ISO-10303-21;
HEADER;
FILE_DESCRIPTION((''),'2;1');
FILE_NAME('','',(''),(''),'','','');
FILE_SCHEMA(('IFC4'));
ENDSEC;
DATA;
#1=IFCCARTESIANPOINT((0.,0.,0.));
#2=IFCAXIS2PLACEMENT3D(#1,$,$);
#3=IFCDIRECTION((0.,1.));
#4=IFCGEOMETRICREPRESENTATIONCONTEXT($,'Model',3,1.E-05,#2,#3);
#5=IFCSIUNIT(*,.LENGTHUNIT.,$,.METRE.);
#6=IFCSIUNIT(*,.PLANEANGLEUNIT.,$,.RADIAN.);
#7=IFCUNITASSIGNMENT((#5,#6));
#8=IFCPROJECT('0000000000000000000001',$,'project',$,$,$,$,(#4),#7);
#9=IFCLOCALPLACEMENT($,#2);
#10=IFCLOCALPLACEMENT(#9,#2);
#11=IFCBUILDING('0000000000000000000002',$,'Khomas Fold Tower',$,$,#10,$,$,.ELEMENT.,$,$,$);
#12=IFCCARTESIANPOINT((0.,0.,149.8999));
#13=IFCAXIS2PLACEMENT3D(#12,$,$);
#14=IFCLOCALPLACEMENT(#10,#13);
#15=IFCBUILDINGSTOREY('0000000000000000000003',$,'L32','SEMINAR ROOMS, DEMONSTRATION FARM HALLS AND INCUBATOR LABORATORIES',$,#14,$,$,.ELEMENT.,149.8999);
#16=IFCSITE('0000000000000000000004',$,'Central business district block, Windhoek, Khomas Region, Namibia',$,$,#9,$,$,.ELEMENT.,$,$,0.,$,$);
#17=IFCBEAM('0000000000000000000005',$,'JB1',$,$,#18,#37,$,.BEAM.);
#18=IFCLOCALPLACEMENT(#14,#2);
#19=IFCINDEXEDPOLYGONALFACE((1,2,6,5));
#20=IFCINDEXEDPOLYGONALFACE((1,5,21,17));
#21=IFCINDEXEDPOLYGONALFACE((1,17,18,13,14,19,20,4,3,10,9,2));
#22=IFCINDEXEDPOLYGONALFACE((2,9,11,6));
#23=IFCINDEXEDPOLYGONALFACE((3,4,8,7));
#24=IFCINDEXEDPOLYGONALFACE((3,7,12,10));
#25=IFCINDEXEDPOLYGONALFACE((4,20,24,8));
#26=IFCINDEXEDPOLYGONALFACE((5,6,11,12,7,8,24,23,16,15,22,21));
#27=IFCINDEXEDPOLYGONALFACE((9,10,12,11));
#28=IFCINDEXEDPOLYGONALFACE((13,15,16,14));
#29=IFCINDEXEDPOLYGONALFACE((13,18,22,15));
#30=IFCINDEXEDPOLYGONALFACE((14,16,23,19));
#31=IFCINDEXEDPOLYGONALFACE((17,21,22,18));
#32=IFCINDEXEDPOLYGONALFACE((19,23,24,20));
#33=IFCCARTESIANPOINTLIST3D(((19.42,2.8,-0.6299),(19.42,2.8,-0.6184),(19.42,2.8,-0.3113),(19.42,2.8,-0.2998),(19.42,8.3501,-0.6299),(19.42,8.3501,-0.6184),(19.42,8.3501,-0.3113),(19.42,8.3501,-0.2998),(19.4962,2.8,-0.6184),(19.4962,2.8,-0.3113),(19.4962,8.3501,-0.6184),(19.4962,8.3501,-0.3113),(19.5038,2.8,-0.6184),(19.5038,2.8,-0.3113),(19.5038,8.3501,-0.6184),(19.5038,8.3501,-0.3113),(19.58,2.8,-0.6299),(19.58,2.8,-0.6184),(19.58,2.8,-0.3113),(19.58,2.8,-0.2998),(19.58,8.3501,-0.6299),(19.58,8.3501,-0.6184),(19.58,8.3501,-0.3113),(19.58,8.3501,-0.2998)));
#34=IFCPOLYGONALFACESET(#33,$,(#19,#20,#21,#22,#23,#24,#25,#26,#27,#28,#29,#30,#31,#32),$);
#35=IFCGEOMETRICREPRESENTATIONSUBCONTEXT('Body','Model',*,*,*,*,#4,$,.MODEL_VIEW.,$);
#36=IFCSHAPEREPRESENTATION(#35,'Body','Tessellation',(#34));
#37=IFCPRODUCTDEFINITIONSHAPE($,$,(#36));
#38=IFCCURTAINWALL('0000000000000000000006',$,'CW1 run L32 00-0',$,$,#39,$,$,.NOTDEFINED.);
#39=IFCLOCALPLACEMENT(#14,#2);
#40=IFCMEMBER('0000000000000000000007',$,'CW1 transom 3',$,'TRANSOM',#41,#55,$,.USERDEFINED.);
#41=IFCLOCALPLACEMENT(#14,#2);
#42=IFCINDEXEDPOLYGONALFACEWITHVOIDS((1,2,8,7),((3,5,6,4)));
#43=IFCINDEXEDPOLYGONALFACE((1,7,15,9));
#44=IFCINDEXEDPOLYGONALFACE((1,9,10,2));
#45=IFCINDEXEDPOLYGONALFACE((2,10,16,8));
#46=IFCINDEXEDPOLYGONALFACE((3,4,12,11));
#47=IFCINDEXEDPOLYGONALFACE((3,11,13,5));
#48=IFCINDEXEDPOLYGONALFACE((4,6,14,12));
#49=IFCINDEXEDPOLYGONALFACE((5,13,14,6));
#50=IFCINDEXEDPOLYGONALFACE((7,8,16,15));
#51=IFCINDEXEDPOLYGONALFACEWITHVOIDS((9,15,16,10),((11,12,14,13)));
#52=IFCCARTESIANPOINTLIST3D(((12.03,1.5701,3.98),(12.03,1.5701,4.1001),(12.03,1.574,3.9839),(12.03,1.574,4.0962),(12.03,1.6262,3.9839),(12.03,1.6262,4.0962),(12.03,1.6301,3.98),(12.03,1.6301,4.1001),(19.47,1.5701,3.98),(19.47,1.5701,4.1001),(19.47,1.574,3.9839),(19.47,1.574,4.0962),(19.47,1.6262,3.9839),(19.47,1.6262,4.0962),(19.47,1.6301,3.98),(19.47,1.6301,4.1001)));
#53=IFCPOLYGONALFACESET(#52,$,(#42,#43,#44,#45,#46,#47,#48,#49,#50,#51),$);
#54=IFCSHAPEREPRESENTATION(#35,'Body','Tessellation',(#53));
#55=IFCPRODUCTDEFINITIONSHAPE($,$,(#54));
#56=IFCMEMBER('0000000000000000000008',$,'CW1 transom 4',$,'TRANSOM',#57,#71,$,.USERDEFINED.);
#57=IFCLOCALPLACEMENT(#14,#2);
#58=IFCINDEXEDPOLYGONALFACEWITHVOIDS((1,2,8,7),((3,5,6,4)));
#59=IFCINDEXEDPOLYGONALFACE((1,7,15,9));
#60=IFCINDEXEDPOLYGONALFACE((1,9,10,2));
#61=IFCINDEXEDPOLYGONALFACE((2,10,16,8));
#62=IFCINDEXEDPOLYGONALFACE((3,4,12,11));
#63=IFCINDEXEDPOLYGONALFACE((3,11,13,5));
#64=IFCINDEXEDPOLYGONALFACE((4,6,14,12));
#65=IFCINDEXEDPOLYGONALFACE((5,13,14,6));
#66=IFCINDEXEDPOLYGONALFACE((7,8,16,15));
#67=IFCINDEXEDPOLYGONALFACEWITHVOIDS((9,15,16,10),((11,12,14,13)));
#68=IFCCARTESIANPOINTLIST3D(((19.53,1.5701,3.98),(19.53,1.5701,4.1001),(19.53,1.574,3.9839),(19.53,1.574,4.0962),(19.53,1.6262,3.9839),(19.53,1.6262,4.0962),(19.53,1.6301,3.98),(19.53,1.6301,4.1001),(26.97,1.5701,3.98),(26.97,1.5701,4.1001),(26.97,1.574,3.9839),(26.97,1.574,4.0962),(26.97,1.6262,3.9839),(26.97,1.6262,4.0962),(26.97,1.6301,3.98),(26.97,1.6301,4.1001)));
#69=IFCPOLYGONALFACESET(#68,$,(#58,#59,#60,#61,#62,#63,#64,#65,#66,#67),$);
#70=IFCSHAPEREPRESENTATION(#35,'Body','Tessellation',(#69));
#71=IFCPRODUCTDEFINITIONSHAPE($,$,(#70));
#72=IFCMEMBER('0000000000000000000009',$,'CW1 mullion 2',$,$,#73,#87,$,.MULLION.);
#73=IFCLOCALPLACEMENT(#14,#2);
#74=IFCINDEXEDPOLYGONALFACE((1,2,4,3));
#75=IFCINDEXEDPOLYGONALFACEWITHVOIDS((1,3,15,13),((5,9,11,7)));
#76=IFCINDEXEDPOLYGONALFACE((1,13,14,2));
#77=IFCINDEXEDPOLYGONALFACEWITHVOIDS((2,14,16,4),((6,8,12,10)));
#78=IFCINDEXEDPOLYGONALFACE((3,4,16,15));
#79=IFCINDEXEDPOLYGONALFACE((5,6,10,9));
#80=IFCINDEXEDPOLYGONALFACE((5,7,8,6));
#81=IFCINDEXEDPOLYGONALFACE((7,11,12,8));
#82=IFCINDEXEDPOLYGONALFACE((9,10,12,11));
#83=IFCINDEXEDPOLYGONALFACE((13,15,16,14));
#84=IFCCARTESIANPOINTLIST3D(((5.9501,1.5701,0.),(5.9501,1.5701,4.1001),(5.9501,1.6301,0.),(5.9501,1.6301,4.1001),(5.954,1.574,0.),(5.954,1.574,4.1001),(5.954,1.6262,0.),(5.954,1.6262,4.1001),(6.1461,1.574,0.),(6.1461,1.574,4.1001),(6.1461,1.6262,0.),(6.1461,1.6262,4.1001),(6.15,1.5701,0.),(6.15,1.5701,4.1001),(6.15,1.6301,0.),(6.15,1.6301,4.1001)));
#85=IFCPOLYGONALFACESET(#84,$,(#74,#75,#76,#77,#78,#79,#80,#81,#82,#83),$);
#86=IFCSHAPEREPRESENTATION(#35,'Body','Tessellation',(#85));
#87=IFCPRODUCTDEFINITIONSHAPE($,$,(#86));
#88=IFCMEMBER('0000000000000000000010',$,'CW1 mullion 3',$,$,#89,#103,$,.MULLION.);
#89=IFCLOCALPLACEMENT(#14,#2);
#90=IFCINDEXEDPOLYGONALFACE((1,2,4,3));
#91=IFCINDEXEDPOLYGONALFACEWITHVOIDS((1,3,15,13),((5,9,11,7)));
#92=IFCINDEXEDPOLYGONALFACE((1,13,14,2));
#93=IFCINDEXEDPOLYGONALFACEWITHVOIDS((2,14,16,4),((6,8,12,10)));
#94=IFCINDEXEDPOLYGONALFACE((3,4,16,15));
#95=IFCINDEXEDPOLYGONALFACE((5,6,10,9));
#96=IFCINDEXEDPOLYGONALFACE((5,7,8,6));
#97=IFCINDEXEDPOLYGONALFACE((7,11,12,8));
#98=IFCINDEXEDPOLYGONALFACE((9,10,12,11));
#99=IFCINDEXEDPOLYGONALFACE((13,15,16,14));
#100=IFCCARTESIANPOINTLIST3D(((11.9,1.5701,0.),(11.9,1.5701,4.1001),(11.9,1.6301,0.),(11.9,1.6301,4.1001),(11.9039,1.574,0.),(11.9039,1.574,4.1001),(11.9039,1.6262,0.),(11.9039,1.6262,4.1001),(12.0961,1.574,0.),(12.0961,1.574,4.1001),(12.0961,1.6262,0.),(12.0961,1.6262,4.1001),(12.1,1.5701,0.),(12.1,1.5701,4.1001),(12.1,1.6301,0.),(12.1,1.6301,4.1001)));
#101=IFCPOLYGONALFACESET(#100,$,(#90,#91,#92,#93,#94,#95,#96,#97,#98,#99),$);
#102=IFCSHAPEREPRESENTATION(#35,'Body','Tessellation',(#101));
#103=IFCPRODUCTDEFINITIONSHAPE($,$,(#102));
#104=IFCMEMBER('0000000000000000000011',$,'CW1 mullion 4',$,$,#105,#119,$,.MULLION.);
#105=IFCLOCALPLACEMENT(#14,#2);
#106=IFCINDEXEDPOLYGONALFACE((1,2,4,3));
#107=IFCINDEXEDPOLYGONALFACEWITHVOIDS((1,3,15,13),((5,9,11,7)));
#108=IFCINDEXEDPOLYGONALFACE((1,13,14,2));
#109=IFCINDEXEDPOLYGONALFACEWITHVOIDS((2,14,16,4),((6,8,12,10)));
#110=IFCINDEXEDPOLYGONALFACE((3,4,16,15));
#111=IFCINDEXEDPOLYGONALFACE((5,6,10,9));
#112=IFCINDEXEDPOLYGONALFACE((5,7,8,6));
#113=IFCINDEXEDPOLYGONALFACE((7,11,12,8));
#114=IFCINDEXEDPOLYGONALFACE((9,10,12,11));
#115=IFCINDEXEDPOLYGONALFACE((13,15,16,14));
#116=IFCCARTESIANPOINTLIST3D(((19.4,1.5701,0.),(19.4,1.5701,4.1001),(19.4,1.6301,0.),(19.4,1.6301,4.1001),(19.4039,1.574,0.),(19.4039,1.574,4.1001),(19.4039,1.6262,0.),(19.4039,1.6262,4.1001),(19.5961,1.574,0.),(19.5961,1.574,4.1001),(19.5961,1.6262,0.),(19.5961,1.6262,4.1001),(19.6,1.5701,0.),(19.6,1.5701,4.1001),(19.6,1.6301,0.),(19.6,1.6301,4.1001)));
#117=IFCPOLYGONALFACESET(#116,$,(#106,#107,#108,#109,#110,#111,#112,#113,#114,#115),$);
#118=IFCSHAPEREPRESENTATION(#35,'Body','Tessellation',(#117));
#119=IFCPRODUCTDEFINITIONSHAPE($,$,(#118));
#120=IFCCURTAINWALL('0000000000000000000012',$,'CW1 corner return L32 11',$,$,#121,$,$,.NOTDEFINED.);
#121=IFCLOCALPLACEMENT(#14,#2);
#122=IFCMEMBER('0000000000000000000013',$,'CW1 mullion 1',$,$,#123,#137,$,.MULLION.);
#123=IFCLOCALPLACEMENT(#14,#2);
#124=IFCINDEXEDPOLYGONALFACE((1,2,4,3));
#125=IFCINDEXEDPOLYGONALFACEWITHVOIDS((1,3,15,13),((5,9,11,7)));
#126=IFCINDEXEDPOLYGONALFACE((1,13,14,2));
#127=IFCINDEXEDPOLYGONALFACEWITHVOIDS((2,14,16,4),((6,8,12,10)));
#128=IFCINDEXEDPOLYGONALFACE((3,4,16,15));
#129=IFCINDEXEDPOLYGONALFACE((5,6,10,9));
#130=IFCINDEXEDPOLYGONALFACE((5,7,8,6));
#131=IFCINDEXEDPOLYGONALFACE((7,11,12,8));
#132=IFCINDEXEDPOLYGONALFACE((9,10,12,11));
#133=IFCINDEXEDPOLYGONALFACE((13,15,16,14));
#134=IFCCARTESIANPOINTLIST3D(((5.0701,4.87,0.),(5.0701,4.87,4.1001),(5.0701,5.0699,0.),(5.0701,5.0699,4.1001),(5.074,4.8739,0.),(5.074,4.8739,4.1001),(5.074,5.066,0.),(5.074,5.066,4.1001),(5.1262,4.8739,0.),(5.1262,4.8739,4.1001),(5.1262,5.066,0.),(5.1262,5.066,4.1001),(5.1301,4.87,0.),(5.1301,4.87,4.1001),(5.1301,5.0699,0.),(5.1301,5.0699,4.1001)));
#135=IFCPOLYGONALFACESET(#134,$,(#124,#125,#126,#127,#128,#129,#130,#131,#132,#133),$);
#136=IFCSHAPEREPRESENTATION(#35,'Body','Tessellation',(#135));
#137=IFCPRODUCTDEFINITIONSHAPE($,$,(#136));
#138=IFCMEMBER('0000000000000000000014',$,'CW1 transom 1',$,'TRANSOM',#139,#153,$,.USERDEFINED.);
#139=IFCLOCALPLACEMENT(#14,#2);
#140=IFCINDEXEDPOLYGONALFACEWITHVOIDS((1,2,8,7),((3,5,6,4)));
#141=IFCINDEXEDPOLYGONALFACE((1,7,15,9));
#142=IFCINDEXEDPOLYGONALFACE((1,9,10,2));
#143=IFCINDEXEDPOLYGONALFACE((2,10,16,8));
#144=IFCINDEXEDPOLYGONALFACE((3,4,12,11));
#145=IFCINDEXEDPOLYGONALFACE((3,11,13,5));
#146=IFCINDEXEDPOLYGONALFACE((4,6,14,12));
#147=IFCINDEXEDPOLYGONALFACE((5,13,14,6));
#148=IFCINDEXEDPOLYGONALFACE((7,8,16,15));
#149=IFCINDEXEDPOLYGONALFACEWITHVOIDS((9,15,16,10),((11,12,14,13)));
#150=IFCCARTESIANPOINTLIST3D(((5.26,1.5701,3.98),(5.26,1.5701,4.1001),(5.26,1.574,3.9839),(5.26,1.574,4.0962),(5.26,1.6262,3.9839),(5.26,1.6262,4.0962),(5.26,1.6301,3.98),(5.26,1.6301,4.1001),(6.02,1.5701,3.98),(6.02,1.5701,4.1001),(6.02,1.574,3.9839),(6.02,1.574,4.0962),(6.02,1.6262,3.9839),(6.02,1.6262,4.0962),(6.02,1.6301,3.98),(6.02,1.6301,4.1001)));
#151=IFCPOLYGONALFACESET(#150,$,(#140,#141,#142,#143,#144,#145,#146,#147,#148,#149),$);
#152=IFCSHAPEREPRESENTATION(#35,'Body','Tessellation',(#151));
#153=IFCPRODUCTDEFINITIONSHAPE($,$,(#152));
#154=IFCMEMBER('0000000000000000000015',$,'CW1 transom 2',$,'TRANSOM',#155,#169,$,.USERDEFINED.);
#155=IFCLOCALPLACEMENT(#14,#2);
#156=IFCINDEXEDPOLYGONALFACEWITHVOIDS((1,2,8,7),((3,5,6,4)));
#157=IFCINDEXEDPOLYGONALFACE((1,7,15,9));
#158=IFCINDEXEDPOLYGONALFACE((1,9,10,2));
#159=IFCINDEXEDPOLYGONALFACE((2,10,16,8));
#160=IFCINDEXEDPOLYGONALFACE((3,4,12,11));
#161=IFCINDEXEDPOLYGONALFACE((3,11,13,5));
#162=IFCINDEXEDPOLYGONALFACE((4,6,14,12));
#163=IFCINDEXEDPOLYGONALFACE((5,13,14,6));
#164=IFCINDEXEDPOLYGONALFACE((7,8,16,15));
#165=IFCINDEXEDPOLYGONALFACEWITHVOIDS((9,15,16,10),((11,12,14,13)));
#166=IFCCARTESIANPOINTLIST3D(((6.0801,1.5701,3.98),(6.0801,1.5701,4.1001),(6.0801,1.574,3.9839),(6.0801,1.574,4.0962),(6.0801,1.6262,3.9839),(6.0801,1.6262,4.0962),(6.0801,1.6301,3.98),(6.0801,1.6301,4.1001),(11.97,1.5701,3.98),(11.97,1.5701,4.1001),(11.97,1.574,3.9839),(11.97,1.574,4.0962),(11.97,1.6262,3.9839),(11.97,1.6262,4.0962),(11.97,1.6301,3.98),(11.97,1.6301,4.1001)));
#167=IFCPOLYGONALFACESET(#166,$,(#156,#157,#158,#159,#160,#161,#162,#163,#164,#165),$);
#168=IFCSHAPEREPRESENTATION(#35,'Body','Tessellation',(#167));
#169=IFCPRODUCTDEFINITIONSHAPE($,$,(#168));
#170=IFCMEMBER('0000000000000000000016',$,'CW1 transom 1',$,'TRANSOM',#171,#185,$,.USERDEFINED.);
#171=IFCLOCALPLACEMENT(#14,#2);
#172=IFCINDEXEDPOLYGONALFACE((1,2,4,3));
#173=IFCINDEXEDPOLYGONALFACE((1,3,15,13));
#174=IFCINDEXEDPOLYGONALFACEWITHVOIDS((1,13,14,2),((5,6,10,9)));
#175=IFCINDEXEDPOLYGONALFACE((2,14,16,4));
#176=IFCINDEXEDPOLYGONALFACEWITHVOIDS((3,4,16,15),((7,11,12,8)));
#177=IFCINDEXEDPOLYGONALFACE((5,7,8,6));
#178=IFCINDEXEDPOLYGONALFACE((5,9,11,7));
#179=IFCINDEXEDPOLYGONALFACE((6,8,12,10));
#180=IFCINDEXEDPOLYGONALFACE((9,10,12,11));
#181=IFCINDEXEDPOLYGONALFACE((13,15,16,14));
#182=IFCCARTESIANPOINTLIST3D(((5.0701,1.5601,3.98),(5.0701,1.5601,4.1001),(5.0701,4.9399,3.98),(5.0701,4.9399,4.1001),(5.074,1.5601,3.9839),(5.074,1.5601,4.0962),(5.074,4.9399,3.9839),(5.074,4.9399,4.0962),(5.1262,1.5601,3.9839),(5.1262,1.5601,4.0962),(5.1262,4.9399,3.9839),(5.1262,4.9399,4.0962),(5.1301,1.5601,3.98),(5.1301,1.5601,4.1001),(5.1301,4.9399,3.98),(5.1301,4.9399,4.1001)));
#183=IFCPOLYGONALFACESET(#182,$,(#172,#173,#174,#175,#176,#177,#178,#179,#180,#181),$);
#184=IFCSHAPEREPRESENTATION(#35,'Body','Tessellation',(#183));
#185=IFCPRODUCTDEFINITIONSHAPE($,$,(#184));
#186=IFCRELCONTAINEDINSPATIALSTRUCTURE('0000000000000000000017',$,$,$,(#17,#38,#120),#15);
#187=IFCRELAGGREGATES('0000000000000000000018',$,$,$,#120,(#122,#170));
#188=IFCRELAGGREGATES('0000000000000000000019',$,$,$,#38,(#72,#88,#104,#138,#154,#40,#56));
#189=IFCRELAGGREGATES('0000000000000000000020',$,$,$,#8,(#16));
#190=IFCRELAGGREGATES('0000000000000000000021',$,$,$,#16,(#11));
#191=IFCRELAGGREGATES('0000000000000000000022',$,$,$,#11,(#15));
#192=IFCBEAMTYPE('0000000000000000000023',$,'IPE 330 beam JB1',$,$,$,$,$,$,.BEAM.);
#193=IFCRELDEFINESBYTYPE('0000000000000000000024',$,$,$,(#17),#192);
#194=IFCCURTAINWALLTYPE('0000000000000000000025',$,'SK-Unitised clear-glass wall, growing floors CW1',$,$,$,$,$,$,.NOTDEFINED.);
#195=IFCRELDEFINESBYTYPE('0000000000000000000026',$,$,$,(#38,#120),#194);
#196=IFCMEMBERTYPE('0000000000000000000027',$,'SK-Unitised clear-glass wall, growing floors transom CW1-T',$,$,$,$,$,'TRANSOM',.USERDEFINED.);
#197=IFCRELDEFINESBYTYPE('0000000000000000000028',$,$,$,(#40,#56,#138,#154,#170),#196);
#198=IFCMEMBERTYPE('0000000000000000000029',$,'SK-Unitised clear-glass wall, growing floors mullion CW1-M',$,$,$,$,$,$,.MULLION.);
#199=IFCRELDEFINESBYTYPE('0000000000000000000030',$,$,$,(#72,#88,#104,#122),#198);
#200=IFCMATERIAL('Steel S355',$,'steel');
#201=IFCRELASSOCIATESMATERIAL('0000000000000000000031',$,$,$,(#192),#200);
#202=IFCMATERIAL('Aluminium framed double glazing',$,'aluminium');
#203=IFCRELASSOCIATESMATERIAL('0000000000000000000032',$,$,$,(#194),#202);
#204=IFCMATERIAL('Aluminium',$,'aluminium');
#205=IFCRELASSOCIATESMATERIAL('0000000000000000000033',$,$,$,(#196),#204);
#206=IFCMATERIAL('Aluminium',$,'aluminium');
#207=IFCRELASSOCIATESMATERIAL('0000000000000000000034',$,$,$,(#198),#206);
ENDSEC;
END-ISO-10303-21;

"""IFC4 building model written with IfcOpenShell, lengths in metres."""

from ifc_helpers import new_model, si_unit, direction, frame, origin, origin_2d, place, context, subcontext, project, spatial, hollow_rectangle, i_section, extrude, source, transform, mapped, material, material_profile, profile_set, type_object, element, aggregate, save


model = new_model("IFC4")

# Units and contexts
model_context = context("Model", 3, precision=1e-05, world=origin(), true_north=direction((0.0, 1.0)))
body_context = subcontext(model_context, "Body", "Model", "MODEL_VIEW")
ifc_project = project(units=[si_unit("LENGTHUNIT", "METRE"), si_unit("PLANEANGLEUNIT", "RADIAN")], contexts=[model_context])

# Site, building, storey
site_placement = place(None, origin())
site = spatial("IfcSite", under=ifc_project, at=site_placement, Name="Central business district block, Windhoek, Khomas Region, Namibia", CompositionType="ELEMENT", RefElevation=0.0)
building_placement = place(site_placement, origin())
building = spatial("IfcBuilding", under=site, at=building_placement, Name="Khomas Fold Tower", CompositionType="ELEMENT")
storey_placement = place(building_placement, frame((0.0, 0.0, 149.8999)))
storey = spatial("IfcBuildingStorey", under=building, at=storey_placement, Name="L32", Description="SEMINAR ROOMS, DEMONSTRATION FARM HALLS AND INCUBATOR LABORATORIES", CompositionType="ELEMENT", Elevation=149.8999)

# Beam
ifc_material_1 = material(Name="Steel S355", Category="steel")
ifc_material_profile_1 = material_profile(ifc_material_1, i_section(OverallWidth=0.1599, OverallDepth=0.3301, WebThickness=0.0076, FlangeThickness=0.0115, at=origin_2d()), Name="IPE 330")
ifc_profile_set_1 = profile_set([ifc_material_profile_1], Name="Steel S355")
beam_type_1 = type_object("IfcBeamType", Name="IPE 330 beam JB1", PredefinedType="BEAM", material=ifc_profile_set_1)
shared_shape_1 = source(origin(), body_context, "Body", "SweptSolid", [
    extrude(i_section(OverallWidth=0.1599, OverallDepth=0.3301, WebThickness=0.0076, FlangeThickness=0.0115, at=origin_2d()), origin(), (0.0, 0.0, 1.0), 5.55),
])
beam_1_placement = place(storey_placement, frame((19.5, 2.8, -0.4648), z_axis=(0.0, 1.0, 0.0), x_axis=(-1.0, 0.0, 0.0)))
element("IfcBeam", 1, at=beam_1_placement, inside=storey, type_object=beam_type_1, Name="JB1", PredefinedType="BEAM", context=body_context, shape_type="MappedRepresentation", body=[
    mapped(shared_shape_1, transform((0.0, 0.0, 0.0))),
])

# Curtain wall, members
ifc_material_2 = material(Name="Aluminium framed double glazing", Category="aluminium")
curtain_wall_type = type_object("IfcCurtainWallType", Name="SK-Unitised clear-glass wall, growing floors CW1", PredefinedType="NOTDEFINED", material=ifc_material_2)
curtain_wall_1_placement = place(storey_placement, origin())
curtain_wall_1 = element("IfcCurtainWall", 2, at=curtain_wall_1_placement, inside=storey, type_object=curtain_wall_type, Name="CW1 run L32 00-0", PredefinedType="NOTDEFINED")
ifc_material_3 = material(Name="Aluminium", Category="aluminium")
ifc_material_profile_2 = material_profile(ifc_material_3, hollow_rectangle(XDim=0.0601, YDim=0.1201, WallThickness=0.0039, at=origin_2d()), Name="SK-Unitised clear-glass wall, growing floors transom CW1-T")
ifc_profile_set_2 = profile_set([ifc_material_profile_2], Name="Aluminium")
member_type_1 = type_object("IfcMemberType", Name="SK-Unitised clear-glass wall, growing floors transom CW1-T", ElementType="TRANSOM", PredefinedType="USERDEFINED", material=ifc_profile_set_2)
shared_shape_2 = source(origin(), body_context, "Body", "SweptSolid", [
    extrude(hollow_rectangle(XDim=0.0601, YDim=0.1201, WallThickness=0.0039, at=origin_2d()), origin(), (0.0, 0.0, 1.0), 7.4399),
])
member_1_placement = place(storey_placement, frame((12.03, 1.6001, 4.04), z_axis=(1.0, 0.0, 0.0), x_axis=(0.0, 1.0, 0.0)))
member_1 = element("IfcMember", 3, at=member_1_placement, type_object=member_type_1, Name="CW1 transom 3", ObjectType="TRANSOM", PredefinedType="USERDEFINED", context=body_context, shape_type="MappedRepresentation", body=[
    mapped(shared_shape_2, transform((0.0, 0.0, 0.0))),
])
member_2_placement = place(storey_placement, frame((19.53, 1.6001, 4.04), z_axis=(1.0, 0.0, 0.0), x_axis=(0.0, 1.0, 0.0)))
member_2 = element("IfcMember", 4, at=member_2_placement, type_object=member_type_1, Name="CW1 transom 4", ObjectType="TRANSOM", PredefinedType="USERDEFINED", context=body_context, shape_type="MappedRepresentation", body=[
    mapped(shared_shape_2, transform((0.0, 0.0, 0.0))),
])
ifc_material_4 = material(Name="Aluminium", Category="aluminium")
ifc_material_profile_3 = material_profile(ifc_material_4, hollow_rectangle(XDim=0.0601, YDim=0.2, WallThickness=0.0039, at=origin_2d()), Name="SK-Unitised clear-glass wall, growing floors mullion CW1-M")
ifc_profile_set_3 = profile_set([ifc_material_profile_3], Name="Aluminium")
member_type_2 = type_object("IfcMemberType", Name="SK-Unitised clear-glass wall, growing floors mullion CW1-M", PredefinedType="MULLION", material=ifc_profile_set_3)
shared_shape_3 = source(origin(), body_context, "Body", "SweptSolid", [
    extrude(hollow_rectangle(XDim=0.0601, YDim=0.2, WallThickness=0.0039, at=origin_2d()), origin(), (0.0, 0.0, 1.0), 4.1001),
])
member_3_placement = place(storey_placement, frame((6.05, 1.6001, 0.0), z_axis=(0.0, 0.0, 1.0), x_axis=(0.0, 1.0, 0.0)))
member_3 = element("IfcMember", 5, at=member_3_placement, type_object=member_type_2, Name="CW1 mullion 2", PredefinedType="MULLION", context=body_context, shape_type="MappedRepresentation", body=[
    mapped(shared_shape_3, transform((0.0, 0.0, 0.0))),
])
member_4_placement = place(storey_placement, frame((12.0, 1.6001, 0.0), z_axis=(0.0, 0.0, 1.0), x_axis=(0.0, 1.0, 0.0)))
member_4 = element("IfcMember", 6, at=member_4_placement, type_object=member_type_2, Name="CW1 mullion 3", PredefinedType="MULLION", context=body_context, shape_type="MappedRepresentation", body=[
    mapped(shared_shape_3, transform((0.0, 0.0, 0.0))),
])
member_5_placement = place(storey_placement, frame((19.5, 1.6001, 0.0), z_axis=(0.0, 0.0, 1.0), x_axis=(0.0, 1.0, 0.0)))
member_5 = element("IfcMember", 7, at=member_5_placement, type_object=member_type_2, Name="CW1 mullion 4", PredefinedType="MULLION", context=body_context, shape_type="MappedRepresentation", body=[
    mapped(shared_shape_3, transform((0.0, 0.0, 0.0))),
])

# Curtain wall, member
curtain_wall_2_placement = place(storey_placement, origin())
curtain_wall_2 = element("IfcCurtainWall", 8, at=curtain_wall_2_placement, inside=storey, type_object=curtain_wall_type, Name="CW1 corner return L32 11", PredefinedType="NOTDEFINED")
member_6_placement = place(storey_placement, frame((5.1001, 4.97, 0.0), z_axis=(0.0, 0.0, 1.0), x_axis=(1.0, 0.0, 0.0)))
member_6 = element("IfcMember", 9, at=member_6_placement, type_object=member_type_2, Name="CW1 mullion 1", PredefinedType="MULLION", context=body_context, shape_type="MappedRepresentation", body=[
    mapped(shared_shape_3, transform((0.0, 0.0, 0.0))),
])

# Members
shared_shape_4 = source(origin(), body_context, "Body", "SweptSolid", [
    extrude(hollow_rectangle(XDim=0.0601, YDim=0.1201, WallThickness=0.0039, at=origin_2d()), origin(), (0.0, 0.0, 1.0), 0.76),
])
member_7_placement = place(storey_placement, frame((5.26, 1.6001, 4.04), z_axis=(1.0, 0.0, 0.0), x_axis=(0.0, 1.0, 0.0)))
member_7 = element("IfcMember", 10, at=member_7_placement, type_object=member_type_1, Name="CW1 transom 1", ObjectType="TRANSOM", PredefinedType="USERDEFINED", context=body_context, shape_type="MappedRepresentation", body=[
    mapped(shared_shape_4, transform((0.0, 0.0, 0.0))),
])
shared_shape_5 = source(origin(), body_context, "Body", "SweptSolid", [
    extrude(hollow_rectangle(XDim=0.0601, YDim=0.1201, WallThickness=0.0039, at=origin_2d()), origin(), (0.0, 0.0, 1.0), 5.8899),
])
member_8_placement = place(storey_placement, frame((6.0801, 1.6001, 4.04), z_axis=(1.0, 0.0, 0.0), x_axis=(0.0, 1.0, 0.0)))
member_8 = element("IfcMember", 11, at=member_8_placement, type_object=member_type_1, Name="CW1 transom 2", ObjectType="TRANSOM", PredefinedType="USERDEFINED", context=body_context, shape_type="MappedRepresentation", body=[
    mapped(shared_shape_5, transform((0.0, 0.0, 0.0))),
])
shared_shape_6 = source(origin(), body_context, "Body", "SweptSolid", [
    extrude(hollow_rectangle(XDim=0.0601, YDim=0.1201, WallThickness=0.0039, at=origin_2d()), origin(), (0.0, 0.0, 1.0), 3.3799),
])
member_9_placement = place(storey_placement, frame((5.1001, 4.9399, 4.04), z_axis=(0.0, -1.0, 0.0), x_axis=(1.0, 0.0, 0.0)))
member_9 = element("IfcMember", 12, at=member_9_placement, type_object=member_type_1, Name="CW1 transom 1", ObjectType="TRANSOM", PredefinedType="USERDEFINED", context=body_context, shape_type="MappedRepresentation", body=[
    mapped(shared_shape_6, transform((0.0, 0.0, 0.0))),
])
aggregate(curtain_wall_2, [member_6, member_9])

aggregate(curtain_wall_1, [member_3, member_4, member_5, member_7, member_8, member_1, member_2])

save(model, "model.ifc")
